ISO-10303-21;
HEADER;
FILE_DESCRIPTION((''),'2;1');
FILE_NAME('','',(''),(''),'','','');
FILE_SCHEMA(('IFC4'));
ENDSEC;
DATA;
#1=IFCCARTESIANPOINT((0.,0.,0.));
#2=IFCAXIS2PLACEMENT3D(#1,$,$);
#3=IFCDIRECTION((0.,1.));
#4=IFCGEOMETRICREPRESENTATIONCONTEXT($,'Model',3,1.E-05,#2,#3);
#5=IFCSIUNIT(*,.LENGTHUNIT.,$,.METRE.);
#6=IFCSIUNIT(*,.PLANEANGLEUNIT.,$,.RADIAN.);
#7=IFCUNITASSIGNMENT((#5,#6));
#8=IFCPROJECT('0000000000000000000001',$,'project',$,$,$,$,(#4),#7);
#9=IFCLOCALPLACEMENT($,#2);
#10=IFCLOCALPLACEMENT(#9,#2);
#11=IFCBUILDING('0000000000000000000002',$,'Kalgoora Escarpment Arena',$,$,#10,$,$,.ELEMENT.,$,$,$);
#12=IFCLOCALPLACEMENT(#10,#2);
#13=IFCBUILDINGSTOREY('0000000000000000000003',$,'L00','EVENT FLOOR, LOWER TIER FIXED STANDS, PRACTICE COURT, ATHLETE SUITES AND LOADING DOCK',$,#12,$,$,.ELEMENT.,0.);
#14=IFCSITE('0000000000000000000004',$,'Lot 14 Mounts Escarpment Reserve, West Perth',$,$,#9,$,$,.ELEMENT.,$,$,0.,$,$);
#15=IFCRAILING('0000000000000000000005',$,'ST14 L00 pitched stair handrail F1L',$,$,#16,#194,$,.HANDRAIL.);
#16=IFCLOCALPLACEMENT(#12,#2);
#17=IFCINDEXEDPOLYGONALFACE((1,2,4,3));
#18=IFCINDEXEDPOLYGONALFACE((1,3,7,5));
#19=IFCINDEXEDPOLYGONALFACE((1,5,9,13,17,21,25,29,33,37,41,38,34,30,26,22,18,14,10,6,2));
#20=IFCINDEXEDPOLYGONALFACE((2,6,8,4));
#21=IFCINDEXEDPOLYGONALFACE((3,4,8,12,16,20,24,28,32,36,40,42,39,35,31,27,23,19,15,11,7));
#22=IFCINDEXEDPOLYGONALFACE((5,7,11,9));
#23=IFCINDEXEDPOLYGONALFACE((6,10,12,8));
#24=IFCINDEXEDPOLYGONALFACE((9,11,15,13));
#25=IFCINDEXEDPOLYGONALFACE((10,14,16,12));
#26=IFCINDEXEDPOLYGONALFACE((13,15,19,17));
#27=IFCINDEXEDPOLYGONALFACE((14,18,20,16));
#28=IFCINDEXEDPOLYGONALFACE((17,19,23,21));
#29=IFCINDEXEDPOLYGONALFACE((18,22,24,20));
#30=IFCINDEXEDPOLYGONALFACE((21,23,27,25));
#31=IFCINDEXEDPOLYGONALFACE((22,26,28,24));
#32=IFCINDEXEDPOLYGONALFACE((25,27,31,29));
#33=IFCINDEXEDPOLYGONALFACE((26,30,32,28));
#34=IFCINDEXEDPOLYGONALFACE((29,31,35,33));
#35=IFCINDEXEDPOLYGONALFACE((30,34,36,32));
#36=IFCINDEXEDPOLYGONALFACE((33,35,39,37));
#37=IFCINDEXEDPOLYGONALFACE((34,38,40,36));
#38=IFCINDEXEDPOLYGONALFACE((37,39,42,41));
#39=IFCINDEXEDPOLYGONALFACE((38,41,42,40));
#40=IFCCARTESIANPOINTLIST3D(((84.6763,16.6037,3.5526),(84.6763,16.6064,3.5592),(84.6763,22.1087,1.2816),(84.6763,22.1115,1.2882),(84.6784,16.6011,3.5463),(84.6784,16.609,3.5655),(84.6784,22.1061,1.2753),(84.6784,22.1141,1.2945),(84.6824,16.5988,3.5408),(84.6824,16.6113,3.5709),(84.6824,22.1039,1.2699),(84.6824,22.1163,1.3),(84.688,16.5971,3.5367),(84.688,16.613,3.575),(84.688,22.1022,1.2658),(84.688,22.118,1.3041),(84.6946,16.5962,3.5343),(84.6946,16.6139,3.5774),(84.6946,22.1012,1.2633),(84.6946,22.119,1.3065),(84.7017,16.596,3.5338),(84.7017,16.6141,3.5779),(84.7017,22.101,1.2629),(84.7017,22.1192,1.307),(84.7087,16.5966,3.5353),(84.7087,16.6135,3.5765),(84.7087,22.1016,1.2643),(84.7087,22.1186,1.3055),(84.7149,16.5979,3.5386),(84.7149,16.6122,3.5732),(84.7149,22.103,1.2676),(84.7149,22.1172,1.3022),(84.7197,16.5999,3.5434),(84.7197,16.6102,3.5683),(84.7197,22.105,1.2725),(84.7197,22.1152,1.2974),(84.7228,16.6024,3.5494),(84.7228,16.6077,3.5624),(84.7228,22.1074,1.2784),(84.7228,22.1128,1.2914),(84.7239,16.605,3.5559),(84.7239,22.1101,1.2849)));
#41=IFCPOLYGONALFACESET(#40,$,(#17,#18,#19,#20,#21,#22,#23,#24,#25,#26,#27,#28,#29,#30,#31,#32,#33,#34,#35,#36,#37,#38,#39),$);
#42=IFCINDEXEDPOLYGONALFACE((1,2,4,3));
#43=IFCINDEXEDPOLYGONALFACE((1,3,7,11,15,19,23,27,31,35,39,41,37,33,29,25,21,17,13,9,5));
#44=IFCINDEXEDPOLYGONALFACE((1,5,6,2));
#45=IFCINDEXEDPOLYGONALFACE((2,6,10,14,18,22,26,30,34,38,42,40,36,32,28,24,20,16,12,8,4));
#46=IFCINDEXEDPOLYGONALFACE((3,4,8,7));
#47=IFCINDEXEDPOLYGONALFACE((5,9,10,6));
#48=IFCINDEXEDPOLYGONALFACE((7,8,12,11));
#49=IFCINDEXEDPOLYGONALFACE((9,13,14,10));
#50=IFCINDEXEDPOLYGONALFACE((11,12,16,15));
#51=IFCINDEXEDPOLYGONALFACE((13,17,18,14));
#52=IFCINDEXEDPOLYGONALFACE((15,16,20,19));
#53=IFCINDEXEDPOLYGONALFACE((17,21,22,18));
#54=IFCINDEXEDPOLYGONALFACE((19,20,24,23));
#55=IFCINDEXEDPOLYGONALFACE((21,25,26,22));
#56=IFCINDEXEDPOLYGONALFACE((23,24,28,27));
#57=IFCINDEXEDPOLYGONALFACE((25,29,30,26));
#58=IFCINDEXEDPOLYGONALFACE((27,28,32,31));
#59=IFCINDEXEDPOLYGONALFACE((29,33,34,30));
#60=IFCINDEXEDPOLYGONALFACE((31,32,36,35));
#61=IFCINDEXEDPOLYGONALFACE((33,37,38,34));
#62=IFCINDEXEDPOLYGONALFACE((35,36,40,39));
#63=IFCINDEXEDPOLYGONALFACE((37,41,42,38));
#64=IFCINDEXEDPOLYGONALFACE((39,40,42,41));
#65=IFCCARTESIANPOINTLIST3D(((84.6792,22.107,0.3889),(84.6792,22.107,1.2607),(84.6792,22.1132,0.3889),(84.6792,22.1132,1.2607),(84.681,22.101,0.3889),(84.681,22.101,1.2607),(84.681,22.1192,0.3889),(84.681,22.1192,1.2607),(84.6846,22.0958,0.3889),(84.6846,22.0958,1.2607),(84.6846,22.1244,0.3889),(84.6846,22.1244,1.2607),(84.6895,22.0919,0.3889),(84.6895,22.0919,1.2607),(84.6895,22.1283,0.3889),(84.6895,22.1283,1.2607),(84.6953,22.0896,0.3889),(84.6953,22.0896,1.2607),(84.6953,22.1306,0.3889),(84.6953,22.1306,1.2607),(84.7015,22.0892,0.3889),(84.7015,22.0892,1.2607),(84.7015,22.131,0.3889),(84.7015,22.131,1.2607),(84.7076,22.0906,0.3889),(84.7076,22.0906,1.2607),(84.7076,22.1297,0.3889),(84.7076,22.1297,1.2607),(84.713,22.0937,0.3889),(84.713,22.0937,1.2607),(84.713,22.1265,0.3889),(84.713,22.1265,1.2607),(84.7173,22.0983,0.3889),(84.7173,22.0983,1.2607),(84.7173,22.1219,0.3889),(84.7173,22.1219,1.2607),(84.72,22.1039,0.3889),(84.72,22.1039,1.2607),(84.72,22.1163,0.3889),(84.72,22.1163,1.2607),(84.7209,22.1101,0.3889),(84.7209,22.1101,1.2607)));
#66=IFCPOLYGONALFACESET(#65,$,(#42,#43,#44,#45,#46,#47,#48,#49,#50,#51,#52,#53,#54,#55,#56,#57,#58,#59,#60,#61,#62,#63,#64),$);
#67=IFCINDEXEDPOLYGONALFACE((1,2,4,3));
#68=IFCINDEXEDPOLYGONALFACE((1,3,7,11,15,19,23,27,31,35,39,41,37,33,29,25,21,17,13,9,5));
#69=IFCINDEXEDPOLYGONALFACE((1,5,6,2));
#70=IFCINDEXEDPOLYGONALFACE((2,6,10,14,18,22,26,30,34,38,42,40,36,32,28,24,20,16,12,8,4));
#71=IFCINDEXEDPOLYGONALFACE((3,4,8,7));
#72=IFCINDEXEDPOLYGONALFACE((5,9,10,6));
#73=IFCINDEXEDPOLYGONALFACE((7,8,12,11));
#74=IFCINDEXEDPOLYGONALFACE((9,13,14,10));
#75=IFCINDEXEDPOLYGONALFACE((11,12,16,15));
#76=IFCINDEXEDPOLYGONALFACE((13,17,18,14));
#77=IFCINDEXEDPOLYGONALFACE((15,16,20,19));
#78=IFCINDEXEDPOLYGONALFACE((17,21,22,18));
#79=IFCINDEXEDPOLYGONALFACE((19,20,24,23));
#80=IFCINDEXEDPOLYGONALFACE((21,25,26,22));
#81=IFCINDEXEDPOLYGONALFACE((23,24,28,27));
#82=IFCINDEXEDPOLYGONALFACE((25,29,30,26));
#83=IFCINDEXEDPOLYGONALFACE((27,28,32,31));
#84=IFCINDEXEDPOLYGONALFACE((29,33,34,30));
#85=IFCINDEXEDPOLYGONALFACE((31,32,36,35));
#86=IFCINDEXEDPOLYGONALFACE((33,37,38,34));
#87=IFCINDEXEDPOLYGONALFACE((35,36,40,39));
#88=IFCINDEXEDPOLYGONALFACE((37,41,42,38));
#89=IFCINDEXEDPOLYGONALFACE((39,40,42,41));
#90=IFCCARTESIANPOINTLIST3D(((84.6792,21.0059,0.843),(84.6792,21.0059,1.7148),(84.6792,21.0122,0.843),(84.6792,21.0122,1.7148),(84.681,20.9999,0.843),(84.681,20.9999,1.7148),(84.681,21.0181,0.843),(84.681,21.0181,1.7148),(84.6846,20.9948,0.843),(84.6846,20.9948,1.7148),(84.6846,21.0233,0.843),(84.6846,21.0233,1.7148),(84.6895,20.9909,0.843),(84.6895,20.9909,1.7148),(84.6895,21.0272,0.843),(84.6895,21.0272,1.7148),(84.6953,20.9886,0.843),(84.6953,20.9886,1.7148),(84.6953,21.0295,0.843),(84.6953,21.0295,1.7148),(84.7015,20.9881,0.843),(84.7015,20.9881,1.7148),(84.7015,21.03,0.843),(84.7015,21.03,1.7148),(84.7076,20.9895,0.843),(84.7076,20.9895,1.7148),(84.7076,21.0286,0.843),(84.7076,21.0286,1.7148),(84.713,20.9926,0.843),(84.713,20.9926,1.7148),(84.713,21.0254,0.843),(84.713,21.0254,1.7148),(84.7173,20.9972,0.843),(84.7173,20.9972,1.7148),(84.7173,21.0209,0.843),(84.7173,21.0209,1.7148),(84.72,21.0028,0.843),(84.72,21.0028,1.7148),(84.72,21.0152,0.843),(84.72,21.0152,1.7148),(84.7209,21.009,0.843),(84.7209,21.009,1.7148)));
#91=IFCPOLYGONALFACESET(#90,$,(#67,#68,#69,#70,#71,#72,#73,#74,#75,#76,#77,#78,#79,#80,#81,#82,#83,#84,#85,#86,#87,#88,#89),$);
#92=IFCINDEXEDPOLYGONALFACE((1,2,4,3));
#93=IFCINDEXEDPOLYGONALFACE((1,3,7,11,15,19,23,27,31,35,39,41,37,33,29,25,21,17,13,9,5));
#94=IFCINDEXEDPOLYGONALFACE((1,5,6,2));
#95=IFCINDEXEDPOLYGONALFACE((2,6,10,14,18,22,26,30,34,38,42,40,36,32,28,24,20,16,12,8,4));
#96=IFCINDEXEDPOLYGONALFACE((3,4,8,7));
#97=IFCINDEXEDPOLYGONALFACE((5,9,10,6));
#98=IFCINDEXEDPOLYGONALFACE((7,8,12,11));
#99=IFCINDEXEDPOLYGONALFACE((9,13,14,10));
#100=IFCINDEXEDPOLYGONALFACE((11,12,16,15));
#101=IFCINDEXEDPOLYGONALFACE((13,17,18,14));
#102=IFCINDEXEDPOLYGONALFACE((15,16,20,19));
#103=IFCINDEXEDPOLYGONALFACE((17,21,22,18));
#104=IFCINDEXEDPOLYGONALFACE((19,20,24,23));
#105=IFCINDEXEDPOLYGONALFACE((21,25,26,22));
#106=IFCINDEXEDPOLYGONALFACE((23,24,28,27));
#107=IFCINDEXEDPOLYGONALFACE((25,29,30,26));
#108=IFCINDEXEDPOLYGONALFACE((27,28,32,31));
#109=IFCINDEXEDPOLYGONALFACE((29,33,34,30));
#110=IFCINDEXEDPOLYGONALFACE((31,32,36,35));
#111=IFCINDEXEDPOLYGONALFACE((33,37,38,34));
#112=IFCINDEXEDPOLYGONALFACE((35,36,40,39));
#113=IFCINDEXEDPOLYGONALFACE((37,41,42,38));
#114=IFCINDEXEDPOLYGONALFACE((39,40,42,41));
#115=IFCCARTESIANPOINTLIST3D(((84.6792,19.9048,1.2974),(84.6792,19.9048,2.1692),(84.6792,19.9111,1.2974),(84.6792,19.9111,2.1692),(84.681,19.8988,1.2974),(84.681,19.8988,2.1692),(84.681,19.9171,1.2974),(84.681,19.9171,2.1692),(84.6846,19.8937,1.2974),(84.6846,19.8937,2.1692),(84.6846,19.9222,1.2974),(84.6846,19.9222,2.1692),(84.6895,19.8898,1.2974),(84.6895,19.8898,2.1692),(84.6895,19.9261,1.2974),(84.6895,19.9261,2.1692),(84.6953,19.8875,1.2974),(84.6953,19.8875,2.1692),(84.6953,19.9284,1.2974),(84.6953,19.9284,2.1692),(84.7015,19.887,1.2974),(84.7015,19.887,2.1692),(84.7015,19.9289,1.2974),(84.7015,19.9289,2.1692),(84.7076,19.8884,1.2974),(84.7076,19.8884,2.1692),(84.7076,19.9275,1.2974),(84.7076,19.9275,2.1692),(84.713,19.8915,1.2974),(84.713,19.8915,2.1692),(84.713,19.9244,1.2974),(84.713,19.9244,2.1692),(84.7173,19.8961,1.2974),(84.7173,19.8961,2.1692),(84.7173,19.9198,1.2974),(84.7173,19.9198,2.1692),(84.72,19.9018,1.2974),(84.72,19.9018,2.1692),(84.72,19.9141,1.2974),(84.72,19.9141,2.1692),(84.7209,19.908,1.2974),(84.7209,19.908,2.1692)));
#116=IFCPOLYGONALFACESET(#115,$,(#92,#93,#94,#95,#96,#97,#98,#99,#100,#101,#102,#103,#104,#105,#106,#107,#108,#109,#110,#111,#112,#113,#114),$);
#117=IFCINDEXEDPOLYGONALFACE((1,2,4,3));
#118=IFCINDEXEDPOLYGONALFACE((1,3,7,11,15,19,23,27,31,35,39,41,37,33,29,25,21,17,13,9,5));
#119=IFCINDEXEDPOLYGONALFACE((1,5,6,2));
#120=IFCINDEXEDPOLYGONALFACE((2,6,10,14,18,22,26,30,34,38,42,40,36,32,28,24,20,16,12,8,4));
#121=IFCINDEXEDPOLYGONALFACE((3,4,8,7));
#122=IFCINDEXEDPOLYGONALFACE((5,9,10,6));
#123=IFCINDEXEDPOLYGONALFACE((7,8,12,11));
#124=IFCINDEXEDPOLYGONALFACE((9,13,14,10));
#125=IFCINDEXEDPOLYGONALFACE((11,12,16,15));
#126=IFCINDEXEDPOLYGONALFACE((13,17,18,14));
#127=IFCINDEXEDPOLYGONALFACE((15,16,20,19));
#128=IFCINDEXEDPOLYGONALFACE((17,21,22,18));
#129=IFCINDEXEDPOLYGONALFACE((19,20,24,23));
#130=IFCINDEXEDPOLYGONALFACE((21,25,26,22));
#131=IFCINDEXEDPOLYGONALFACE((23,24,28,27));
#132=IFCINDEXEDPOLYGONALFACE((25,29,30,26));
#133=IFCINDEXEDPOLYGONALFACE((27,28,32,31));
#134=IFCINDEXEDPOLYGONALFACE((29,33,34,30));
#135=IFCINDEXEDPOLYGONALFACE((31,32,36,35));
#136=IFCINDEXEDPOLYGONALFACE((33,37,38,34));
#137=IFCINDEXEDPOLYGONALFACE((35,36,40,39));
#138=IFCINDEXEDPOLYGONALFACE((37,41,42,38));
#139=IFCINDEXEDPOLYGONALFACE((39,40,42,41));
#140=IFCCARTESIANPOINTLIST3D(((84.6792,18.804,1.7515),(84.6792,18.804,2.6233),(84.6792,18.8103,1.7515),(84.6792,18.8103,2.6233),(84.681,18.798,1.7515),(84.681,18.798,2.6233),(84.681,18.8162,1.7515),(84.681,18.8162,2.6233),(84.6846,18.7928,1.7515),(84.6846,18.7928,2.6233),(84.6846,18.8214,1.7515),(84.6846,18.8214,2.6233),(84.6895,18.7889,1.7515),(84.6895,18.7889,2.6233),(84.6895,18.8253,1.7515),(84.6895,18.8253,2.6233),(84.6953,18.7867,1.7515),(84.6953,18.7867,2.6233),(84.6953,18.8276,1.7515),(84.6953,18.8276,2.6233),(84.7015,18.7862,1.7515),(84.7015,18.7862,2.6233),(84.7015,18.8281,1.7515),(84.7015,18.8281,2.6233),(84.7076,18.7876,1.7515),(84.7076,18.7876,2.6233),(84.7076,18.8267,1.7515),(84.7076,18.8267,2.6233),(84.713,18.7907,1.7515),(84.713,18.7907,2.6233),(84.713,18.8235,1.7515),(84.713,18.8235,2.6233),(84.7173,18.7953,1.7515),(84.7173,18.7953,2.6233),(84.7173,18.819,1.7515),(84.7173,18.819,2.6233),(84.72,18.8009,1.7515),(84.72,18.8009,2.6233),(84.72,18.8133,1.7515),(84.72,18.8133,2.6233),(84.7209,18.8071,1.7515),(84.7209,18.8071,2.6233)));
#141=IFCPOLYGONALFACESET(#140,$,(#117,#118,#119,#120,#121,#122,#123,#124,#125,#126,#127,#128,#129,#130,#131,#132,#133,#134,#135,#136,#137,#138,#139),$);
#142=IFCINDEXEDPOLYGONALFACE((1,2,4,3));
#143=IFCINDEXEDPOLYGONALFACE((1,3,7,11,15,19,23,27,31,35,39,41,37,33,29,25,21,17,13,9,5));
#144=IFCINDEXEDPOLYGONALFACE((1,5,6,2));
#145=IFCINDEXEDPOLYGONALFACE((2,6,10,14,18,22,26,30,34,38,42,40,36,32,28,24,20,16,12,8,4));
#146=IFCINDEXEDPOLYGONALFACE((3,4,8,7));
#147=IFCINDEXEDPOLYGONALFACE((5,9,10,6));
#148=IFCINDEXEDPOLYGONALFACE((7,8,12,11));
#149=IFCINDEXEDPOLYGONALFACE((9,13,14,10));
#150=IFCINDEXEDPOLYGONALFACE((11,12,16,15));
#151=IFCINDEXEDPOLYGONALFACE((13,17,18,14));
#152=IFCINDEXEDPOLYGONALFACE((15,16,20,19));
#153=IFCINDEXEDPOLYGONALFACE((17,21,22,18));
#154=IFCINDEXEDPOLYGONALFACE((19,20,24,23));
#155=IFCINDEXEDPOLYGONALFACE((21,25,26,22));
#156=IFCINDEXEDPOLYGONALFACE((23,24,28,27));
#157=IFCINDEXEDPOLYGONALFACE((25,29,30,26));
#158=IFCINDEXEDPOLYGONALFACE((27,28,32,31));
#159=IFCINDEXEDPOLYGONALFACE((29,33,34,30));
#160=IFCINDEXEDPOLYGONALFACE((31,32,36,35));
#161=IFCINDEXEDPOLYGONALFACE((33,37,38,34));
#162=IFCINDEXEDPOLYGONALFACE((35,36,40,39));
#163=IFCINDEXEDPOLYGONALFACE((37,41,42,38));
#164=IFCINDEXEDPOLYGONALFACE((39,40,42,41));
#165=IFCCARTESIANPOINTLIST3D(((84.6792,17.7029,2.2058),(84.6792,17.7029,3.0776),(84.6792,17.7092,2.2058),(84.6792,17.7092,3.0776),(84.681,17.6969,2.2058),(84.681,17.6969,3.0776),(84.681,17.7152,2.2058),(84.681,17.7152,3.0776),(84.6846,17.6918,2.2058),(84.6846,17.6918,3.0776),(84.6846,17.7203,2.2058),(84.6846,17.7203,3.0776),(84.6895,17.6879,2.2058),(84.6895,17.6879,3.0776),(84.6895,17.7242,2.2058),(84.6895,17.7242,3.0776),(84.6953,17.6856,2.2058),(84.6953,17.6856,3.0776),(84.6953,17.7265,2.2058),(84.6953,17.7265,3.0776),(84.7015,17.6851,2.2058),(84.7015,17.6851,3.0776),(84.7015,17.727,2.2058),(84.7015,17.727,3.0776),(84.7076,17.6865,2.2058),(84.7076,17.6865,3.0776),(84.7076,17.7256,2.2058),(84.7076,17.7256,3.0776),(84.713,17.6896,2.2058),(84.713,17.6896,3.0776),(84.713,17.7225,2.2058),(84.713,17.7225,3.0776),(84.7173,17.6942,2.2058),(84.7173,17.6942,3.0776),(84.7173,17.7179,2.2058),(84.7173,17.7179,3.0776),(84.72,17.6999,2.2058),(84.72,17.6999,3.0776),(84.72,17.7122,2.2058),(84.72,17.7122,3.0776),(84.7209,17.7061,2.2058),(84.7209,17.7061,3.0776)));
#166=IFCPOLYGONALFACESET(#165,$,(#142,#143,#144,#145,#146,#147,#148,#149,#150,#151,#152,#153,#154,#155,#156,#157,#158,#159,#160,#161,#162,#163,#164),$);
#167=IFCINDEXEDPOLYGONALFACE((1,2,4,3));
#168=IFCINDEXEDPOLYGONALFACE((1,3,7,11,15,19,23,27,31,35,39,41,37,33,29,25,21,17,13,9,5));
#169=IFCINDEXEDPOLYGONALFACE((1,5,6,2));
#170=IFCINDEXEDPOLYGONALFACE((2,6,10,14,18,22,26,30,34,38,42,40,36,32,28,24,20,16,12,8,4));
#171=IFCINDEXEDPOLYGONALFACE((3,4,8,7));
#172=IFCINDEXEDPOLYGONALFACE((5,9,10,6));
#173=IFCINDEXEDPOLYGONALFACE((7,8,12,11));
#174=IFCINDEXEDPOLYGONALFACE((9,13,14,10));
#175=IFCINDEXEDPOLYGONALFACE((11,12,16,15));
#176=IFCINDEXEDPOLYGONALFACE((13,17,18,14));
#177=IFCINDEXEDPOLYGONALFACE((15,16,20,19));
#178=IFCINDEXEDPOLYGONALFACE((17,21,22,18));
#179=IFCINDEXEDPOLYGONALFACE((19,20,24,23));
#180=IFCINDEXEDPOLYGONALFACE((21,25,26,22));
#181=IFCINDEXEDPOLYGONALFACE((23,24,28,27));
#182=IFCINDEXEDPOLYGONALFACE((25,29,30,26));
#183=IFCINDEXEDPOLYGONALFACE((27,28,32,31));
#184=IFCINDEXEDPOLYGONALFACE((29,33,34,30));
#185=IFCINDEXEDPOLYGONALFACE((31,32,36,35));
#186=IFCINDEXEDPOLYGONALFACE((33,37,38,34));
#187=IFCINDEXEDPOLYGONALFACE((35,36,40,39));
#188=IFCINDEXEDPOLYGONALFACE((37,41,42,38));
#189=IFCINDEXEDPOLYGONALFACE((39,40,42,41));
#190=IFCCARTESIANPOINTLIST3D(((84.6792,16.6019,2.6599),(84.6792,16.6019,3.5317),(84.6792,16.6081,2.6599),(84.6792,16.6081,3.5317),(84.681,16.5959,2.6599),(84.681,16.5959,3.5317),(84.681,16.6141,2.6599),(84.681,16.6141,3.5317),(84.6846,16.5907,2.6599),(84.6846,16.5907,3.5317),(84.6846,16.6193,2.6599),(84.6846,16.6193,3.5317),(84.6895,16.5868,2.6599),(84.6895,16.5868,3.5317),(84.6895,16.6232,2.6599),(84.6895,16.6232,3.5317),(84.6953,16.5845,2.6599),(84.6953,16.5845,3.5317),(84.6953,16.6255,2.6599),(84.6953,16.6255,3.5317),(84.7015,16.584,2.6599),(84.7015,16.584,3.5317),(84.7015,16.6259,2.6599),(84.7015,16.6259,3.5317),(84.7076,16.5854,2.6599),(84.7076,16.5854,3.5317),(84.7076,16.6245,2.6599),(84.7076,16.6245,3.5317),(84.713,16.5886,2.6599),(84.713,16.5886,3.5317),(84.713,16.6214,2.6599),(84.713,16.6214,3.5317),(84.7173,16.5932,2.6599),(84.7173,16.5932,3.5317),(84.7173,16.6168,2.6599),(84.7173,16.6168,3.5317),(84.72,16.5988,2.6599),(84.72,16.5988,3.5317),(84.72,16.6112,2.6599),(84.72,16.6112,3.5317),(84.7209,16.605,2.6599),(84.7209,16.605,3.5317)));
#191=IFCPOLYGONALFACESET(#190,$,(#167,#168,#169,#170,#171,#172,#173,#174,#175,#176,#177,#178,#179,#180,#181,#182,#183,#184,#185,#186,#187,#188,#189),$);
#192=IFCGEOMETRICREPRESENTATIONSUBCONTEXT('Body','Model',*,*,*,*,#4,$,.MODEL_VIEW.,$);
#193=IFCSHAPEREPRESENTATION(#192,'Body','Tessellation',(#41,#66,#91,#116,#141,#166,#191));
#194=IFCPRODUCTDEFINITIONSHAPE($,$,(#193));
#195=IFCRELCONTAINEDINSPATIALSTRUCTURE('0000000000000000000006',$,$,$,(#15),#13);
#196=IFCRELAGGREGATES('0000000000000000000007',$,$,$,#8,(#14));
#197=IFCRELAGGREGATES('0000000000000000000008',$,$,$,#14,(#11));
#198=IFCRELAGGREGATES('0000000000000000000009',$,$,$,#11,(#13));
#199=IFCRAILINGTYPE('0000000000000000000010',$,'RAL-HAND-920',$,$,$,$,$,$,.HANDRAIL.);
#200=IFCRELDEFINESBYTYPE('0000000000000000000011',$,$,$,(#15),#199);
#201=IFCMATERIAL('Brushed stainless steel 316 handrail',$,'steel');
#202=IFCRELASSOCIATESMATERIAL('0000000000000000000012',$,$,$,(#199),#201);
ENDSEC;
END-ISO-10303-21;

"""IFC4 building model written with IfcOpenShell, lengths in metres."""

from ifc_helpers import new_model, si_unit, direction, frame, origin, origin_2d, place, context, subcontext, project, spatial, circle, extrude, material, type_object, element, save


model = new_model("IFC4")

# Units and contexts
model_context = context("Model", 3, precision=1e-05, world=origin(), true_north=direction((0.0, 1.0)))
body_context = subcontext(model_context, "Body", "Model", "MODEL_VIEW")
ifc_project = project(units=[si_unit("LENGTHUNIT", "METRE"), si_unit("PLANEANGLEUNIT", "RADIAN")], contexts=[model_context])

# Site, building, storey
site_placement = place(None, origin())
site = spatial("IfcSite", under=ifc_project, at=site_placement, Name="Lot 14 Mounts Escarpment Reserve, West Perth", CompositionType="ELEMENT", RefElevation=0.0)
building_placement = place(site_placement, origin())
building = spatial("IfcBuilding", under=site, at=building_placement, Name="Kalgoora Escarpment Arena", CompositionType="ELEMENT")
storey_placement = place(building_placement, origin())
storey = spatial("IfcBuildingStorey", under=building, at=storey_placement, Name="L00", Description="EVENT FLOOR, LOWER TIER FIXED STANDS, PRACTICE COURT, ATHLETE SUITES AND LOADING DOCK", CompositionType="ELEMENT", Elevation=0.0)

# Railing
ifc_material_1 = material(Name="Brushed stainless steel 316 handrail", Category="steel")
railing_type_1 = type_object("IfcRailingType", Name="RAL-HAND-920", PredefinedType="HANDRAIL", material=ifc_material_1)
for number, where, name in (
    (1, (84.7, 22.1101, 0.3889), "ST14 L00 pitched stair handrail F1L"),
):
    element("IfcRailing", number, at=place(storey_placement, frame(where)), inside=storey, type_object=railing_type_1, Name=name, PredefinedType="HANDRAIL", context=body_context, shape_type="SweptSolid", body=[
        extrude(circle(Radius=0.0239, at=origin_2d()), frame((0.0, 0.0, 0.896), z_axis=(0.0, -0.924431, 0.38135), x_axis=(1.0, 0.0, 0.0)), (0.0, 0.0, 1.0), 5.9551),
        extrude(circle(Radius=0.021, at=origin_2d()), origin(), (0.0, 0.0, 1.0), 0.8718),
        extrude(circle(Radius=0.021, at=origin_2d()), frame((0.0, -1.1011, 0.4541)), (0.0, 0.0, 1.0), 0.8718),
        extrude(circle(Radius=0.021, at=origin_2d()), frame((0.0, -2.2021, 0.9084)), (0.0, 0.0, 1.0), 0.8718),
        extrude(circle(Radius=0.021, at=origin_2d()), frame((0.0, -3.303, 1.3625)), (0.0, 0.0, 1.0), 0.8718),
        extrude(circle(Radius=0.021, at=origin_2d()), frame((0.0, -4.4041, 1.8169)), (0.0, 0.0, 1.0), 0.8718),
        extrude(circle(Radius=0.021, at=origin_2d()), frame((0.0, -5.5051, 2.271)), (0.0, 0.0, 1.0), 0.8718),
    ])

save(model, "model.ifc")
